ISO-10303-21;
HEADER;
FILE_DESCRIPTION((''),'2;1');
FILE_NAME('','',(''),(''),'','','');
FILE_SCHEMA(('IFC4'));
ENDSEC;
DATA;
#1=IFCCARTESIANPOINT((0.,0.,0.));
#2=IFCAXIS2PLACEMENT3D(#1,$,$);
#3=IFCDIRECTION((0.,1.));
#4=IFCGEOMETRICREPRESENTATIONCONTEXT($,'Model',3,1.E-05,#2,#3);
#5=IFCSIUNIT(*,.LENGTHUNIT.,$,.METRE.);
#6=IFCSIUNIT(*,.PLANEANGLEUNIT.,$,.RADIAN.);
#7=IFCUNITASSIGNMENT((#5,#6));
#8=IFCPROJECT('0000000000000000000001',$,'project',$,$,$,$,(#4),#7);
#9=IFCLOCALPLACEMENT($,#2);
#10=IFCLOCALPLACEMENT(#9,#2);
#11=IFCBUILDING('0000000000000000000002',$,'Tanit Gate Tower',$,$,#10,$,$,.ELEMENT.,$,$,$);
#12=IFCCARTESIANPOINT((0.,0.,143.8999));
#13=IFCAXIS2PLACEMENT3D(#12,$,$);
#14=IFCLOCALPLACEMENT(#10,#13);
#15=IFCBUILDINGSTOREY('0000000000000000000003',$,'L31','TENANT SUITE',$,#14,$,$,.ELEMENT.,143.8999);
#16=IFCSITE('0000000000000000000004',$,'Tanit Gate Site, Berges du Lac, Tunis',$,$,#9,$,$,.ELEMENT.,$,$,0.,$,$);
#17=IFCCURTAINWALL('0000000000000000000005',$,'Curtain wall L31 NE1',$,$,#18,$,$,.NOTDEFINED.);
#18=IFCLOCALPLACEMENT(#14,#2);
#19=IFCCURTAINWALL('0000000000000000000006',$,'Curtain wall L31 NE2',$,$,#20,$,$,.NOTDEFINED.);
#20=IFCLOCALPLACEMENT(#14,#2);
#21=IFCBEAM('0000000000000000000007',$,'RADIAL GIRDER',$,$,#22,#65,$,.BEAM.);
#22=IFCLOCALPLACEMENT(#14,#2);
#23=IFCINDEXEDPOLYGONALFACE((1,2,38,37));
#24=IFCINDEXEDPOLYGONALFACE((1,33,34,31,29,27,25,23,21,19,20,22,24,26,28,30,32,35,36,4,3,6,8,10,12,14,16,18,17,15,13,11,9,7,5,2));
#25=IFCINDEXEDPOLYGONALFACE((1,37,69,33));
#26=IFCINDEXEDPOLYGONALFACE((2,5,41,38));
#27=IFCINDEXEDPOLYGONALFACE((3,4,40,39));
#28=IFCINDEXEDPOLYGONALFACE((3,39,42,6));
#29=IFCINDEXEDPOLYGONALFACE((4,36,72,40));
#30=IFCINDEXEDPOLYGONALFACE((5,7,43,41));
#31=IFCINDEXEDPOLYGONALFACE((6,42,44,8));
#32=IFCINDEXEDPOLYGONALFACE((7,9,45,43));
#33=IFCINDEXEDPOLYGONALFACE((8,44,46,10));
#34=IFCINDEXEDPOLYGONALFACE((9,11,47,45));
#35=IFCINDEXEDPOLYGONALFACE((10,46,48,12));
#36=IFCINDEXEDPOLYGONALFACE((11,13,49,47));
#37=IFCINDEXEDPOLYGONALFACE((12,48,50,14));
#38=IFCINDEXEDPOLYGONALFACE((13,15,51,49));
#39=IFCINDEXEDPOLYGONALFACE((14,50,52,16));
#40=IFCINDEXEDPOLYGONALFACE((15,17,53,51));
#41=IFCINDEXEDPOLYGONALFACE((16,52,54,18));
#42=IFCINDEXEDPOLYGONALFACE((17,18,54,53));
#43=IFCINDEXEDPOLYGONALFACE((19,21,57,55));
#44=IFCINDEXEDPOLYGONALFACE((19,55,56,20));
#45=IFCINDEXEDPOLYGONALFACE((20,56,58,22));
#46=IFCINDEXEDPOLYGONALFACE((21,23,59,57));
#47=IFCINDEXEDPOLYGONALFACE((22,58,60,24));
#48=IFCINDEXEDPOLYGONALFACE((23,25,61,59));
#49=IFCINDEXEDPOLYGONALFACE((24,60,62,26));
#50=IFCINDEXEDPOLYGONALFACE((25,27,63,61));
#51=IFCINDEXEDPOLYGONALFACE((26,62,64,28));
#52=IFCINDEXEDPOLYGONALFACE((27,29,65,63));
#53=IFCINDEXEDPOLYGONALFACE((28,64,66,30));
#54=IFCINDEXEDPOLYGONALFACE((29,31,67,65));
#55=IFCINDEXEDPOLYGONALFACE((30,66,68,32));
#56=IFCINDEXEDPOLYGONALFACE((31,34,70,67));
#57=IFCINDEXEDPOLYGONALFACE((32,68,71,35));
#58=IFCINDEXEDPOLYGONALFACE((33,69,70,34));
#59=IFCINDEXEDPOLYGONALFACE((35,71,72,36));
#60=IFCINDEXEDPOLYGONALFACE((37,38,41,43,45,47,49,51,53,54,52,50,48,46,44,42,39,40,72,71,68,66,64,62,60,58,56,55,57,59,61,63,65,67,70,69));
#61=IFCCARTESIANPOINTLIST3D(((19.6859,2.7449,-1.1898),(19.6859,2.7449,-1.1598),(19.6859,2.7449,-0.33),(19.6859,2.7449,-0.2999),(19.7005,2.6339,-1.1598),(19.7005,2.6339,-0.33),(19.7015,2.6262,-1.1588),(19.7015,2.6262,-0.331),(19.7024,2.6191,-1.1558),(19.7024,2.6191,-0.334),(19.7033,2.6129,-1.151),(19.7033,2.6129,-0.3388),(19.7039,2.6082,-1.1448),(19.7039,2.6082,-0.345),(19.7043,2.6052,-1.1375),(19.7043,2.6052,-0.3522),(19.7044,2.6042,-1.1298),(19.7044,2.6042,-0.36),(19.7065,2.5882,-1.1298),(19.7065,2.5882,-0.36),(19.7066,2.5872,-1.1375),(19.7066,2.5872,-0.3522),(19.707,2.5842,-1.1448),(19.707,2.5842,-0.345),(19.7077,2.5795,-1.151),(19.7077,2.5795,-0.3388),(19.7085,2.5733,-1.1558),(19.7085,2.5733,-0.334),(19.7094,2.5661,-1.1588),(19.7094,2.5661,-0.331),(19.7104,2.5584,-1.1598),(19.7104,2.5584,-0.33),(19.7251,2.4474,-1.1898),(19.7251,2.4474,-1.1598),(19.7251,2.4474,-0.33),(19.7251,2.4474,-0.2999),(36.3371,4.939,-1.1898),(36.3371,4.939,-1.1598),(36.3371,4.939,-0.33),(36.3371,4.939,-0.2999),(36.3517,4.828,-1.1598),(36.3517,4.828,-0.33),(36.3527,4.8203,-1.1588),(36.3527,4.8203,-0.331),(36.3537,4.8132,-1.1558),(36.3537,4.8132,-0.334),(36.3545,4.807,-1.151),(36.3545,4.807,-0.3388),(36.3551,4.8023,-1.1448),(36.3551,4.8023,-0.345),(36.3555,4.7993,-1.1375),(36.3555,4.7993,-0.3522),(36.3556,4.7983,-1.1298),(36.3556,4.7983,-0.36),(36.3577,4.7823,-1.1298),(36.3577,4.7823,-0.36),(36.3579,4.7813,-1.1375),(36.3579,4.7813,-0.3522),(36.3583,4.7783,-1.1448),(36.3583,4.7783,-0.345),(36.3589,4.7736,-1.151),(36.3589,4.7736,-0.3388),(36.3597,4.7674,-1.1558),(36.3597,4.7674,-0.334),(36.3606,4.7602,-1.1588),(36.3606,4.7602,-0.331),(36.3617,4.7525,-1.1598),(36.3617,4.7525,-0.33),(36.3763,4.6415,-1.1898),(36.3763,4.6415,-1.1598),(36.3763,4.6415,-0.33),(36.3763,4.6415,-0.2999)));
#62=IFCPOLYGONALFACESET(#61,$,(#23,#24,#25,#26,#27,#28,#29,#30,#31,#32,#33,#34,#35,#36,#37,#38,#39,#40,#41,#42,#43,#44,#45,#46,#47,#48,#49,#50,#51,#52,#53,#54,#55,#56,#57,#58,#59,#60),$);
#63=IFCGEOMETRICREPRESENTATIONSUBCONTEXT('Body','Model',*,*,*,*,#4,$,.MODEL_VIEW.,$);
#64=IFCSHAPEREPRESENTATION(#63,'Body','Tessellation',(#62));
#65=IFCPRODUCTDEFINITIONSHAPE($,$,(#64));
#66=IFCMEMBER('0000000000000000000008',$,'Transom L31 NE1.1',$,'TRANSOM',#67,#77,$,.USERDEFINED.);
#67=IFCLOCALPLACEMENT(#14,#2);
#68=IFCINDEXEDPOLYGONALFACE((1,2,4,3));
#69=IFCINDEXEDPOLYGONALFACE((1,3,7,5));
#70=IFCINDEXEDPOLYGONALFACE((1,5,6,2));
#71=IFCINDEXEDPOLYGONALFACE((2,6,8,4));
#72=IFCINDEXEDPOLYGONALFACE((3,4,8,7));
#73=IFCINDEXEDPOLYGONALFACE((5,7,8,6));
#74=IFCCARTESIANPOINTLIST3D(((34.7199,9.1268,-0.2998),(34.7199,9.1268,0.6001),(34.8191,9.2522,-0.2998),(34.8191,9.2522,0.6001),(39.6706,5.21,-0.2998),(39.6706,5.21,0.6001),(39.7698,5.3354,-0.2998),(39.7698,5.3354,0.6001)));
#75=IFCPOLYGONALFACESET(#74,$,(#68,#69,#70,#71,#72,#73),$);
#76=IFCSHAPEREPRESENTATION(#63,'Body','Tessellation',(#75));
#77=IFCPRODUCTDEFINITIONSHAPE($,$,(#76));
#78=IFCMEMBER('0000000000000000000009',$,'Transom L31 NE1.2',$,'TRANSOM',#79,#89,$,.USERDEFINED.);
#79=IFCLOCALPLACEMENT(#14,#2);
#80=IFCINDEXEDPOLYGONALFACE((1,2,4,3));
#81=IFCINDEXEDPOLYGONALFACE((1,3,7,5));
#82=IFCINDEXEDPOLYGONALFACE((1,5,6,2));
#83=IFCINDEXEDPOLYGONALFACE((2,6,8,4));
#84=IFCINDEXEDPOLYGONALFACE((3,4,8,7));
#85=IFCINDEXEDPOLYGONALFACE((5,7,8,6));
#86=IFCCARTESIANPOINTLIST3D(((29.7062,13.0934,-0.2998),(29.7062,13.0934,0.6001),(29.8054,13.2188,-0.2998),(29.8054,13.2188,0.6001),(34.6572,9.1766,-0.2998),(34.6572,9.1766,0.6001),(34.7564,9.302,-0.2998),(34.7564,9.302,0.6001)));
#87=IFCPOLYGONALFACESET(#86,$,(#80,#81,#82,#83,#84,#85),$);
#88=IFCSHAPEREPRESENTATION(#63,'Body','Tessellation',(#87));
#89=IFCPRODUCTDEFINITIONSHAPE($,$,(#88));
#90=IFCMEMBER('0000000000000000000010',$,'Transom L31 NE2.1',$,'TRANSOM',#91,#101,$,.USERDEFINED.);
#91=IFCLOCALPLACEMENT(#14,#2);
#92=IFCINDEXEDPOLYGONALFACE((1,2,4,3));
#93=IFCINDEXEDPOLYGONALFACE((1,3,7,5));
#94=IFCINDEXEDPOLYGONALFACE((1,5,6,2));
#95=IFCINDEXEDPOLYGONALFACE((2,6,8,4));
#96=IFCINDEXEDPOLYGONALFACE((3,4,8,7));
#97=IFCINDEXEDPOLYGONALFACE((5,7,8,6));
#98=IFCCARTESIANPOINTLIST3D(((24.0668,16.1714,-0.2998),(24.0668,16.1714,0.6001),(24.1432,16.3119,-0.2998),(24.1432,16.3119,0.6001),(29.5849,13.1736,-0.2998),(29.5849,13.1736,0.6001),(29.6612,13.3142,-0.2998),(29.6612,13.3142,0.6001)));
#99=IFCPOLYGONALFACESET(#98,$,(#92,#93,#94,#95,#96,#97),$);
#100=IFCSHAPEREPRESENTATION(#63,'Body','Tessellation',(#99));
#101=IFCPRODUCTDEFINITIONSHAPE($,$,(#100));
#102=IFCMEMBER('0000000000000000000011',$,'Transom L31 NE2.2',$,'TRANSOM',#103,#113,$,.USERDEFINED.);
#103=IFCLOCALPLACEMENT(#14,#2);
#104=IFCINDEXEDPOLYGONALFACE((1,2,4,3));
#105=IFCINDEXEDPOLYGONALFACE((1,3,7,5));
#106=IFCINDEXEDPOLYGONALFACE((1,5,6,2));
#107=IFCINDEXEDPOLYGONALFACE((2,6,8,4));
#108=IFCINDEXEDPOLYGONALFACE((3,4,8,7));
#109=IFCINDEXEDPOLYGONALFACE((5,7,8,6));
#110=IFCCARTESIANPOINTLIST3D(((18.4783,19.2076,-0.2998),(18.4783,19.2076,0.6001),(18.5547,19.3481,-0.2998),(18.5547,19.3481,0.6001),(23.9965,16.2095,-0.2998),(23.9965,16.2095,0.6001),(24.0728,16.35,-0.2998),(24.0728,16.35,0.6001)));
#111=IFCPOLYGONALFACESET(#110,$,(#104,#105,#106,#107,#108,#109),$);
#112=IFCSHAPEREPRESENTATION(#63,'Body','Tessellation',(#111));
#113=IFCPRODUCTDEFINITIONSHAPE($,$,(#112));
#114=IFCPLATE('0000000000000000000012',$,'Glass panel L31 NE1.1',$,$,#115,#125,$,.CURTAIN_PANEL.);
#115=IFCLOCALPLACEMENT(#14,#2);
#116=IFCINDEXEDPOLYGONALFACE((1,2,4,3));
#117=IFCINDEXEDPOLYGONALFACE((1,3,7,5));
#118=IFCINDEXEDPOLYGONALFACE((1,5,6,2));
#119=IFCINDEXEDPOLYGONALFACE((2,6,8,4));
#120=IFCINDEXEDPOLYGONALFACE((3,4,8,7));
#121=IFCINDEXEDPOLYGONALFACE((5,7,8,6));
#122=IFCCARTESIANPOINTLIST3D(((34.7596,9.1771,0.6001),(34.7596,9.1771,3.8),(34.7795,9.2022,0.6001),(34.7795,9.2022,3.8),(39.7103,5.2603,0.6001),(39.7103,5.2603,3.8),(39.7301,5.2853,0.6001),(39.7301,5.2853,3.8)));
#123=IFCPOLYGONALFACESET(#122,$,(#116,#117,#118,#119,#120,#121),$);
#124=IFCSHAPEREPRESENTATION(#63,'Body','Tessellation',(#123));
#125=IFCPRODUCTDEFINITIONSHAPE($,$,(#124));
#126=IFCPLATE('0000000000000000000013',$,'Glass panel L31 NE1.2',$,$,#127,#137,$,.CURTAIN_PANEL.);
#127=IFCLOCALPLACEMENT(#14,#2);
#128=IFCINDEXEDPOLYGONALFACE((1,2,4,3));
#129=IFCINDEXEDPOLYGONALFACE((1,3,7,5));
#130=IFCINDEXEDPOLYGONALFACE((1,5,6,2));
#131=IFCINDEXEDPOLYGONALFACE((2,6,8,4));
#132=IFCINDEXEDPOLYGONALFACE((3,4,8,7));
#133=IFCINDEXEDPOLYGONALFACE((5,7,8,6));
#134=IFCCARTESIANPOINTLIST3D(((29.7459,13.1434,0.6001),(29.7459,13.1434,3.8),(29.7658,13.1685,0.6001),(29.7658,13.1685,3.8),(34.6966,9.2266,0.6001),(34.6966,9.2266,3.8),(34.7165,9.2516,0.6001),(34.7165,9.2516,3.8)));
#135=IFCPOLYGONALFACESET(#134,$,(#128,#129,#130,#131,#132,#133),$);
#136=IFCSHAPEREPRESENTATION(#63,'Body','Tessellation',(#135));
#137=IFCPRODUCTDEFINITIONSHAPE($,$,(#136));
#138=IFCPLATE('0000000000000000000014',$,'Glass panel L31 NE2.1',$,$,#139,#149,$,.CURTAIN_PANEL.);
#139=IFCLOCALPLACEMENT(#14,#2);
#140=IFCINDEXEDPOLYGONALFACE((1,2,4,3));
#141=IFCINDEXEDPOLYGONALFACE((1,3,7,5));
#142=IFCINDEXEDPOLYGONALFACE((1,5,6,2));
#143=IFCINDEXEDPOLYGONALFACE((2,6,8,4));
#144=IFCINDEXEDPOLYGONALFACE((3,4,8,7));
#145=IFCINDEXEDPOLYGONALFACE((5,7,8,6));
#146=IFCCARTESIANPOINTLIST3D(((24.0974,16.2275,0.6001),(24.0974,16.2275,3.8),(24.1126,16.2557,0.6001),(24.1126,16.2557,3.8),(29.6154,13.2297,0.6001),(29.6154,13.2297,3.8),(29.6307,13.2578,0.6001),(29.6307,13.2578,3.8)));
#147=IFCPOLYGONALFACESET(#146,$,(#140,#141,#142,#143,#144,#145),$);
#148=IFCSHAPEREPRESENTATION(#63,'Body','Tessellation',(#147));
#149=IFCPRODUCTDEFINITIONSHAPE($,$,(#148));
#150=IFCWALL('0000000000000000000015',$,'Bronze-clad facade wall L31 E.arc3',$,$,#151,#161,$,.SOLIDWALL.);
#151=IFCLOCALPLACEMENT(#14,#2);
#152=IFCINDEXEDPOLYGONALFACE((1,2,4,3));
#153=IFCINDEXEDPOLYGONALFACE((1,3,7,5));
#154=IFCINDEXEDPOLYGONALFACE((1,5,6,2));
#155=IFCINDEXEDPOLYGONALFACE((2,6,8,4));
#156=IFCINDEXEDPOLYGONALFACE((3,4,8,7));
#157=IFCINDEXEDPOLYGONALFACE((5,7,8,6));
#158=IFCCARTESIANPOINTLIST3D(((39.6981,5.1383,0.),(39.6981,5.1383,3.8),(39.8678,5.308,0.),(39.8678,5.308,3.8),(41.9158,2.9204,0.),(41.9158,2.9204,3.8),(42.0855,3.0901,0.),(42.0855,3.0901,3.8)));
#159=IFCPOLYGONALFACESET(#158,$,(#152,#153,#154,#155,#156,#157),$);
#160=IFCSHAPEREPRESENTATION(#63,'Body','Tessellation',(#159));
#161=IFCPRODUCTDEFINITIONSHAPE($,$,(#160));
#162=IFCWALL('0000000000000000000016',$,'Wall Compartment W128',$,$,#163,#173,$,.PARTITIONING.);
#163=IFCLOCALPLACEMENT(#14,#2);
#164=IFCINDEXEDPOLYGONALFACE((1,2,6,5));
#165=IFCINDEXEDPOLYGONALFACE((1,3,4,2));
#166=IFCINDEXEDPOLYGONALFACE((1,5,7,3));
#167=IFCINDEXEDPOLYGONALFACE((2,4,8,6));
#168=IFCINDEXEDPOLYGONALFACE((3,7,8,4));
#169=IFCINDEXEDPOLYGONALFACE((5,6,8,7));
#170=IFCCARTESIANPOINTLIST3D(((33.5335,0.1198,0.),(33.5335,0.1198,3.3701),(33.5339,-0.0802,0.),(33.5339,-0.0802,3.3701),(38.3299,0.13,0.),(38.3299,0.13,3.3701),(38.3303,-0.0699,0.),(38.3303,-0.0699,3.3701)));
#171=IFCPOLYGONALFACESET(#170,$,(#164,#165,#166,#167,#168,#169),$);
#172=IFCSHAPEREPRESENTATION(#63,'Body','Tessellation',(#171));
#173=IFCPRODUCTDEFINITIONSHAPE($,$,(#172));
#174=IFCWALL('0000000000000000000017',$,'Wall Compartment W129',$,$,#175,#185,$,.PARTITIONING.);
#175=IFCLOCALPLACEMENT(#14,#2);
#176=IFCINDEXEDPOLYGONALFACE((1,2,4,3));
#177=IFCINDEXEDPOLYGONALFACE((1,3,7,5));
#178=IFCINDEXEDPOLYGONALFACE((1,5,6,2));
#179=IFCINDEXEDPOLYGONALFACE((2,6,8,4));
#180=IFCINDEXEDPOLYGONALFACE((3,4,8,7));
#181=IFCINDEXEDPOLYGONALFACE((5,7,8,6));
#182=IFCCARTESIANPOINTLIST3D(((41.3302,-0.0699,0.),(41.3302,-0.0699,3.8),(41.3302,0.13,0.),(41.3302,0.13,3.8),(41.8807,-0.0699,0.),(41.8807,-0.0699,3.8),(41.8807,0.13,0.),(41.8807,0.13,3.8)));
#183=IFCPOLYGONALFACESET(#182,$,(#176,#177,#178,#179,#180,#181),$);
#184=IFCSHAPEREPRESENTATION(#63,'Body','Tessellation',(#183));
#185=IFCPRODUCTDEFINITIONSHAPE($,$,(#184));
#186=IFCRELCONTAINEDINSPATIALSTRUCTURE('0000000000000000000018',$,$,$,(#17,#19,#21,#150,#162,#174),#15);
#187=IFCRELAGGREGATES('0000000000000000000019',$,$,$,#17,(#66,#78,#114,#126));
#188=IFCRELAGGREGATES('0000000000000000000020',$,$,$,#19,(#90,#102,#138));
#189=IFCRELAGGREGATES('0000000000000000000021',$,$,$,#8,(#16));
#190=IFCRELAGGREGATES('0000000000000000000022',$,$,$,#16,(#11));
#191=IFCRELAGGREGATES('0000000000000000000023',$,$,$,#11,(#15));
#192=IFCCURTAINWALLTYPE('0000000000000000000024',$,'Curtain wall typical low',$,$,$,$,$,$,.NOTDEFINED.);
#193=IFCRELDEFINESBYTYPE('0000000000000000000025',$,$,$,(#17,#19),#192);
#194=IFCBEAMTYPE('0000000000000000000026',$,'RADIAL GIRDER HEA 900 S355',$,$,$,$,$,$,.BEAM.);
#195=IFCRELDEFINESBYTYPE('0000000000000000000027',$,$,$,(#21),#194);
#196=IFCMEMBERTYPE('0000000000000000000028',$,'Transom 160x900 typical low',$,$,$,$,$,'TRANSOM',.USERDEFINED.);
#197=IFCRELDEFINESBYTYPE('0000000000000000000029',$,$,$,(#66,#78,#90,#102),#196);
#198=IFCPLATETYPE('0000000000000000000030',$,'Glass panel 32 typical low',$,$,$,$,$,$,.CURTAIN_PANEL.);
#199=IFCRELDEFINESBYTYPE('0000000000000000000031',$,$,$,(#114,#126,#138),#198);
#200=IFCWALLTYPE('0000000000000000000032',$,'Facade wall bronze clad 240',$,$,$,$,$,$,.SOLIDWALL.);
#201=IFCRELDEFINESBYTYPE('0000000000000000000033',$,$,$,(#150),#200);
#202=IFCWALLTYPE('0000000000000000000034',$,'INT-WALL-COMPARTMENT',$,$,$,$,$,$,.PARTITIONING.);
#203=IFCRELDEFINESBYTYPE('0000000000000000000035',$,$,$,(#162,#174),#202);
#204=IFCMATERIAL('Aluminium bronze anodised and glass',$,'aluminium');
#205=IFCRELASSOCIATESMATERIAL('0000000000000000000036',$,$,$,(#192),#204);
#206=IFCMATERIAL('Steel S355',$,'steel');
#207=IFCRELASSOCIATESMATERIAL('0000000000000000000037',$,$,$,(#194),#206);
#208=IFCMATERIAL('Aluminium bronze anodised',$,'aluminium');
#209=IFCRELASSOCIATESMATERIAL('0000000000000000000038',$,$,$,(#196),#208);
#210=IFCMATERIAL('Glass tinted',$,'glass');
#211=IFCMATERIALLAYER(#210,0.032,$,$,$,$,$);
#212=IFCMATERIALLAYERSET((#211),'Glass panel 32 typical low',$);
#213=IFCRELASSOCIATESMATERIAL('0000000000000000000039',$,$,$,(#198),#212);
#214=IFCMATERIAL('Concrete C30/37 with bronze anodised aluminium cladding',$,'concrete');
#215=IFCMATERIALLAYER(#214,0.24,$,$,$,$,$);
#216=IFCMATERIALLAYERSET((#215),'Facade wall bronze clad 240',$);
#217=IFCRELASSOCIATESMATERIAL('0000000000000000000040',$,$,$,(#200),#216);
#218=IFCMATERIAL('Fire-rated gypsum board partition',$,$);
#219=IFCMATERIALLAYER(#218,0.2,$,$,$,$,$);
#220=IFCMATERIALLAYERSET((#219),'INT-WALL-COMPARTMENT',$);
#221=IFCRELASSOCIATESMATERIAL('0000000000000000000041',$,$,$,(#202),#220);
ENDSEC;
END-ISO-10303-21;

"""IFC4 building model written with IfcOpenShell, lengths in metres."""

from ifc_helpers import new_model, si_unit, direction, frame, frame_2d, origin, origin_2d, place, context, subcontext, project, spatial, rectangle, i_section, extrude, material, layer, layer_set, material_profile, profile_set, type_object, element, aggregate, save


model = new_model("IFC4")

# Units and contexts
model_context = context("Model", 3, precision=1e-05, world=origin(), true_north=direction((0.0, 1.0)))
body_context = subcontext(model_context, "Body", "Model", "MODEL_VIEW")
ifc_project = project(units=[si_unit("LENGTHUNIT", "METRE"), si_unit("PLANEANGLEUNIT", "RADIAN")], contexts=[model_context])

# Site, building, storey
site_placement = place(None, origin())
site = spatial("IfcSite", under=ifc_project, at=site_placement, Name="Tanit Gate Site, Berges du Lac, Tunis", CompositionType="ELEMENT", RefElevation=0.0)
building_placement = place(site_placement, origin())
building = spatial("IfcBuilding", under=site, at=building_placement, Name="Tanit Gate Tower", CompositionType="ELEMENT")
storey_placement = place(building_placement, frame((0.0, 0.0, 143.8999)))
storey = spatial("IfcBuildingStorey", under=building, at=storey_placement, Name="L31", Description="TENANT SUITE", CompositionType="ELEMENT", Elevation=143.8999)

# Curtain wall
ifc_material_1 = material(Name="Aluminium bronze anodised and glass", Category="aluminium")
curtain_wall_type = type_object("IfcCurtainWallType", Name="Curtain wall typical low", PredefinedType="NOTDEFINED", material=ifc_material_1)
curtain_wall_1_placement = place(storey_placement, origin())
curtain_wall_1 = element("IfcCurtainWall", 1, at=curtain_wall_1_placement, inside=storey, type_object=curtain_wall_type, Name="Curtain wall L31 NE1", PredefinedType="NOTDEFINED")

# Curtain wall
curtain_wall_2_placement = place(storey_placement, origin())
curtain_wall_2 = element("IfcCurtainWall", 2, at=curtain_wall_2_placement, inside=storey, type_object=curtain_wall_type, Name="Curtain wall L31 NE2", PredefinedType="NOTDEFINED")

# Beam
ifc_material_2 = material(Name="Steel S355", Category="steel")
ifc_material_profile_1 = material_profile(ifc_material_2, i_section(OverallWidth=0.3, OverallDepth=0.8899, WebThickness=0.0161, FlangeThickness=0.03, FilletRadius=0.03, at=origin_2d()), Name="HEA 900")
ifc_profile_set_1 = profile_set([ifc_material_profile_1], Name="Steel S355")
beam_type_1 = type_object("IfcBeamType", Name="RADIAL GIRDER HEA 900 S355", PredefinedType="BEAM", material=ifc_profile_set_1)
beam_1_placement = place(storey_placement, frame((36.3567, 4.7903, -0.7449), z_axis=(-0.99143, -0.130639, 0.0), x_axis=(0.130639, -0.99143, 0.0)))
element("IfcBeam", 3, at=beam_1_placement, inside=storey, type_object=beam_type_1, Name="RADIAL GIRDER", PredefinedType="BEAM", context=body_context, shape_type="SweptSolid", body=[
    extrude(i_section(OverallWidth=0.3, OverallDepth=0.8899, WebThickness=0.0161, FlangeThickness=0.03, FilletRadius=0.03, at=origin_2d()), origin(), (0.0, 0.0, 1.0), 16.7952),
])

# Members
ifc_material_3 = material(Name="Aluminium bronze anodised", Category="aluminium")
ifc_material_profile_2 = material_profile(ifc_material_3, rectangle(XDim=0.1599, YDim=0.8999, at=origin_2d()), Name="160x900 bronze transom")
ifc_profile_set_2 = profile_set([ifc_material_profile_2], Name="Aluminium bronze anodised")
member_type_1 = type_object("IfcMemberType", Name="Transom 160x900 typical low", ElementType="TRANSOM", PredefinedType="USERDEFINED", material=ifc_profile_set_2)
member_1_placement = place(storey_placement, frame((39.7202, 5.2727, 0.1501), z_axis=(-0.784242, 0.620455, 0.0), x_axis=(-0.620455, -0.784242, 0.0)))
member_1 = element("IfcMember", 4, at=member_1_placement, type_object=member_type_1, Name="Transom L31 NE1.1", ObjectType="TRANSOM", PredefinedType="USERDEFINED", context=body_context, shape_type="SweptSolid", body=[
    extrude(rectangle(XDim=0.1599, YDim=0.8999, at=origin_2d()), origin(), (0.0, 0.0, 1.0), 6.3127),
])
member_2_placement = place(storey_placement, frame((34.7068, 9.2393, 0.1501), z_axis=(-0.784257, 0.620436, 0.0), x_axis=(-0.620436, -0.784257, 0.0)))
member_2 = element("IfcMember", 5, at=member_2_placement, type_object=member_type_1, Name="Transom L31 NE1.2", ObjectType="TRANSOM", PredefinedType="USERDEFINED", context=body_context, shape_type="SweptSolid", body=[
    extrude(rectangle(XDim=0.1599, YDim=0.8999, at=origin_2d()), origin(), (0.0, 0.0, 1.0), 6.313),
])
member_3_placement = place(storey_placement, frame((29.623, 13.2439, 0.1501), z_axis=(-0.878701, 0.477372, 0.0), x_axis=(-0.477372, -0.878701, 0.0)))
member_3 = element("IfcMember", 6, at=member_3_placement, type_object=member_type_1, Name="Transom L31 NE2.1", ObjectType="TRANSOM", PredefinedType="USERDEFINED", context=body_context, shape_type="SweptSolid", body=[
    extrude(rectangle(XDim=0.1599, YDim=0.8999, at=origin_2d()), origin(), (0.0, 0.0, 1.0), 6.2798),
])
member_4_placement = place(storey_placement, frame((24.0347, 16.2798, 0.1501), z_axis=(-0.878685, 0.477402, 0.0), x_axis=(-0.477402, -0.878685, 0.0)))
member_4 = element("IfcMember", 7, at=member_4_placement, type_object=member_type_1, Name="Transom L31 NE2.2", ObjectType="TRANSOM", PredefinedType="USERDEFINED", context=body_context, shape_type="SweptSolid", body=[
    extrude(rectangle(XDim=0.1599, YDim=0.8999, at=origin_2d()), origin(), (0.0, 0.0, 1.0), 6.28),
])

# Plates
ifc_material_4 = material(Name="Glass tinted", Category="glass")
ifc_layer_1 = layer(ifc_material_4, 0.032)
ifc_layer_set_1 = layer_set([ifc_layer_1], Name="Glass panel 32 typical low")
plate_type = type_object("IfcPlateType", Name="Glass panel 32 typical low", PredefinedType="CURTAIN_PANEL", material=ifc_layer_set_1)
plate_1_placement = place(storey_placement, frame((37.2449, 7.2312, 0.6001), z_axis=(0.0, 0.0, 1.0), x_axis=(-0.784237, 0.620462, 0.0)))
plate_1 = element("IfcPlate", 8, at=plate_1_placement, type_object=plate_type, Name="Glass panel L31 NE1.1", PredefinedType="CURTAIN_PANEL", context=body_context, shape_type="SweptSolid", body=[
    extrude(rectangle(XDim=6.3127, YDim=0.032, at=origin_2d()), origin(), (0.0, 0.0, 1.0), 3.2),
])
plate_2_placement = place(storey_placement, frame((32.2312, 11.1975, 0.6001), z_axis=(0.0, 0.0, 1.0), x_axis=(-0.784237, 0.620462, 0.0)))
plate_2 = element("IfcPlate", 9, at=plate_2_placement, type_object=plate_type, Name="Glass panel L31 NE1.2", PredefinedType="CURTAIN_PANEL", context=body_context, shape_type="SweptSolid", body=[
    extrude(rectangle(XDim=6.3127, YDim=0.032, at=origin_2d()), origin(), (0.0, 0.0, 1.0), 3.2),
])
aggregate(curtain_wall_1, [member_1, member_2, plate_1, plate_2])
plate_3_placement = place(storey_placement, frame((26.864, 14.7427, 0.6001), z_axis=(0.0, 0.0, 1.0), x_axis=(-0.878696, 0.477381, 0.0)))
plate_3 = element("IfcPlate", 10, at=plate_3_placement, type_object=plate_type, Name="Glass panel L31 NE2.1", PredefinedType="CURTAIN_PANEL", context=body_context, shape_type="SweptSolid", body=[
    extrude(rectangle(XDim=6.2798, YDim=0.032, at=origin_2d()), origin(), (0.0, 0.0, 1.0), 3.2),
])
aggregate(curtain_wall_2, [member_3, member_4, plate_3])

# Walls
ifc_material_5 = material(Name="Concrete C30/37 with bronze anodised aluminium cladding", Category="concrete")
ifc_layer_2 = layer(ifc_material_5, 0.24)
ifc_layer_set_2 = layer_set([ifc_layer_2], Name="Facade wall bronze clad 240")
wall_type_1 = type_object("IfcWallType", Name="Facade wall bronze clad 240", PredefinedType="SOLIDWALL", material=ifc_layer_set_2)
wall_1_placement = place(storey_placement, frame((42.0007, 3.0051, 0.0), z_axis=(0.0, 0.0, 1.0), x_axis=(-0.707068, 0.707146, 0.0)))
element("IfcWall", 11, at=wall_1_placement, inside=storey, type_object=wall_type_1, Name="Bronze-clad facade wall L31 E.arc3", PredefinedType="SOLIDWALL", context=body_context, shape_type="SweptSolid", body=[
    extrude(rectangle(XDim=3.1365, YDim=0.24, at=frame_2d((1.5684, 0.0))), origin(), (0.0, 0.0, 1.0), 3.8),
])
ifc_material_6 = material(Name="Fire-rated gypsum board partition")
ifc_layer_3 = layer(ifc_material_6, 0.2)
ifc_layer_set_3 = layer_set([ifc_layer_3], Name="INT-WALL-COMPARTMENT")
wall_type_2 = type_object("IfcWallType", Name="INT-WALL-COMPARTMENT", PredefinedType="PARTITIONING", material=ifc_layer_set_3)
wall_2_placement = place(storey_placement, frame((33.5337, 0.0198, 0.0), z_axis=(0.0, 0.0, 1.0), x_axis=(0.999998, 0.002138, 0.0)))
element("IfcWall", 12, at=wall_2_placement, inside=storey, type_object=wall_type_2, Name="Wall Compartment W128", PredefinedType="PARTITIONING", context=body_context, shape_type="SweptSolid", body=[
    extrude(rectangle(XDim=4.7964, YDim=0.2, at=frame_2d((2.3982, 0.0))), origin(), (0.0, 0.0, 1.0), 3.3701),
])
wall_3_placement = place(storey_placement, frame((41.3301, 0.03, 0.0), z_axis=(0.0, 0.0, 1.0), x_axis=(1.0, 0.0, 0.0)))
element("IfcWall", 13, at=wall_3_placement, inside=storey, type_object=wall_type_2, Name="Wall Compartment W129", PredefinedType="PARTITIONING", context=body_context, shape_type="SweptSolid", body=[
    extrude(rectangle(XDim=0.5505, YDim=0.2, at=frame_2d((0.2754, 0.0))), origin(), (0.0, 0.0, 1.0), 3.8),
])

save(model, "model.ifc")
